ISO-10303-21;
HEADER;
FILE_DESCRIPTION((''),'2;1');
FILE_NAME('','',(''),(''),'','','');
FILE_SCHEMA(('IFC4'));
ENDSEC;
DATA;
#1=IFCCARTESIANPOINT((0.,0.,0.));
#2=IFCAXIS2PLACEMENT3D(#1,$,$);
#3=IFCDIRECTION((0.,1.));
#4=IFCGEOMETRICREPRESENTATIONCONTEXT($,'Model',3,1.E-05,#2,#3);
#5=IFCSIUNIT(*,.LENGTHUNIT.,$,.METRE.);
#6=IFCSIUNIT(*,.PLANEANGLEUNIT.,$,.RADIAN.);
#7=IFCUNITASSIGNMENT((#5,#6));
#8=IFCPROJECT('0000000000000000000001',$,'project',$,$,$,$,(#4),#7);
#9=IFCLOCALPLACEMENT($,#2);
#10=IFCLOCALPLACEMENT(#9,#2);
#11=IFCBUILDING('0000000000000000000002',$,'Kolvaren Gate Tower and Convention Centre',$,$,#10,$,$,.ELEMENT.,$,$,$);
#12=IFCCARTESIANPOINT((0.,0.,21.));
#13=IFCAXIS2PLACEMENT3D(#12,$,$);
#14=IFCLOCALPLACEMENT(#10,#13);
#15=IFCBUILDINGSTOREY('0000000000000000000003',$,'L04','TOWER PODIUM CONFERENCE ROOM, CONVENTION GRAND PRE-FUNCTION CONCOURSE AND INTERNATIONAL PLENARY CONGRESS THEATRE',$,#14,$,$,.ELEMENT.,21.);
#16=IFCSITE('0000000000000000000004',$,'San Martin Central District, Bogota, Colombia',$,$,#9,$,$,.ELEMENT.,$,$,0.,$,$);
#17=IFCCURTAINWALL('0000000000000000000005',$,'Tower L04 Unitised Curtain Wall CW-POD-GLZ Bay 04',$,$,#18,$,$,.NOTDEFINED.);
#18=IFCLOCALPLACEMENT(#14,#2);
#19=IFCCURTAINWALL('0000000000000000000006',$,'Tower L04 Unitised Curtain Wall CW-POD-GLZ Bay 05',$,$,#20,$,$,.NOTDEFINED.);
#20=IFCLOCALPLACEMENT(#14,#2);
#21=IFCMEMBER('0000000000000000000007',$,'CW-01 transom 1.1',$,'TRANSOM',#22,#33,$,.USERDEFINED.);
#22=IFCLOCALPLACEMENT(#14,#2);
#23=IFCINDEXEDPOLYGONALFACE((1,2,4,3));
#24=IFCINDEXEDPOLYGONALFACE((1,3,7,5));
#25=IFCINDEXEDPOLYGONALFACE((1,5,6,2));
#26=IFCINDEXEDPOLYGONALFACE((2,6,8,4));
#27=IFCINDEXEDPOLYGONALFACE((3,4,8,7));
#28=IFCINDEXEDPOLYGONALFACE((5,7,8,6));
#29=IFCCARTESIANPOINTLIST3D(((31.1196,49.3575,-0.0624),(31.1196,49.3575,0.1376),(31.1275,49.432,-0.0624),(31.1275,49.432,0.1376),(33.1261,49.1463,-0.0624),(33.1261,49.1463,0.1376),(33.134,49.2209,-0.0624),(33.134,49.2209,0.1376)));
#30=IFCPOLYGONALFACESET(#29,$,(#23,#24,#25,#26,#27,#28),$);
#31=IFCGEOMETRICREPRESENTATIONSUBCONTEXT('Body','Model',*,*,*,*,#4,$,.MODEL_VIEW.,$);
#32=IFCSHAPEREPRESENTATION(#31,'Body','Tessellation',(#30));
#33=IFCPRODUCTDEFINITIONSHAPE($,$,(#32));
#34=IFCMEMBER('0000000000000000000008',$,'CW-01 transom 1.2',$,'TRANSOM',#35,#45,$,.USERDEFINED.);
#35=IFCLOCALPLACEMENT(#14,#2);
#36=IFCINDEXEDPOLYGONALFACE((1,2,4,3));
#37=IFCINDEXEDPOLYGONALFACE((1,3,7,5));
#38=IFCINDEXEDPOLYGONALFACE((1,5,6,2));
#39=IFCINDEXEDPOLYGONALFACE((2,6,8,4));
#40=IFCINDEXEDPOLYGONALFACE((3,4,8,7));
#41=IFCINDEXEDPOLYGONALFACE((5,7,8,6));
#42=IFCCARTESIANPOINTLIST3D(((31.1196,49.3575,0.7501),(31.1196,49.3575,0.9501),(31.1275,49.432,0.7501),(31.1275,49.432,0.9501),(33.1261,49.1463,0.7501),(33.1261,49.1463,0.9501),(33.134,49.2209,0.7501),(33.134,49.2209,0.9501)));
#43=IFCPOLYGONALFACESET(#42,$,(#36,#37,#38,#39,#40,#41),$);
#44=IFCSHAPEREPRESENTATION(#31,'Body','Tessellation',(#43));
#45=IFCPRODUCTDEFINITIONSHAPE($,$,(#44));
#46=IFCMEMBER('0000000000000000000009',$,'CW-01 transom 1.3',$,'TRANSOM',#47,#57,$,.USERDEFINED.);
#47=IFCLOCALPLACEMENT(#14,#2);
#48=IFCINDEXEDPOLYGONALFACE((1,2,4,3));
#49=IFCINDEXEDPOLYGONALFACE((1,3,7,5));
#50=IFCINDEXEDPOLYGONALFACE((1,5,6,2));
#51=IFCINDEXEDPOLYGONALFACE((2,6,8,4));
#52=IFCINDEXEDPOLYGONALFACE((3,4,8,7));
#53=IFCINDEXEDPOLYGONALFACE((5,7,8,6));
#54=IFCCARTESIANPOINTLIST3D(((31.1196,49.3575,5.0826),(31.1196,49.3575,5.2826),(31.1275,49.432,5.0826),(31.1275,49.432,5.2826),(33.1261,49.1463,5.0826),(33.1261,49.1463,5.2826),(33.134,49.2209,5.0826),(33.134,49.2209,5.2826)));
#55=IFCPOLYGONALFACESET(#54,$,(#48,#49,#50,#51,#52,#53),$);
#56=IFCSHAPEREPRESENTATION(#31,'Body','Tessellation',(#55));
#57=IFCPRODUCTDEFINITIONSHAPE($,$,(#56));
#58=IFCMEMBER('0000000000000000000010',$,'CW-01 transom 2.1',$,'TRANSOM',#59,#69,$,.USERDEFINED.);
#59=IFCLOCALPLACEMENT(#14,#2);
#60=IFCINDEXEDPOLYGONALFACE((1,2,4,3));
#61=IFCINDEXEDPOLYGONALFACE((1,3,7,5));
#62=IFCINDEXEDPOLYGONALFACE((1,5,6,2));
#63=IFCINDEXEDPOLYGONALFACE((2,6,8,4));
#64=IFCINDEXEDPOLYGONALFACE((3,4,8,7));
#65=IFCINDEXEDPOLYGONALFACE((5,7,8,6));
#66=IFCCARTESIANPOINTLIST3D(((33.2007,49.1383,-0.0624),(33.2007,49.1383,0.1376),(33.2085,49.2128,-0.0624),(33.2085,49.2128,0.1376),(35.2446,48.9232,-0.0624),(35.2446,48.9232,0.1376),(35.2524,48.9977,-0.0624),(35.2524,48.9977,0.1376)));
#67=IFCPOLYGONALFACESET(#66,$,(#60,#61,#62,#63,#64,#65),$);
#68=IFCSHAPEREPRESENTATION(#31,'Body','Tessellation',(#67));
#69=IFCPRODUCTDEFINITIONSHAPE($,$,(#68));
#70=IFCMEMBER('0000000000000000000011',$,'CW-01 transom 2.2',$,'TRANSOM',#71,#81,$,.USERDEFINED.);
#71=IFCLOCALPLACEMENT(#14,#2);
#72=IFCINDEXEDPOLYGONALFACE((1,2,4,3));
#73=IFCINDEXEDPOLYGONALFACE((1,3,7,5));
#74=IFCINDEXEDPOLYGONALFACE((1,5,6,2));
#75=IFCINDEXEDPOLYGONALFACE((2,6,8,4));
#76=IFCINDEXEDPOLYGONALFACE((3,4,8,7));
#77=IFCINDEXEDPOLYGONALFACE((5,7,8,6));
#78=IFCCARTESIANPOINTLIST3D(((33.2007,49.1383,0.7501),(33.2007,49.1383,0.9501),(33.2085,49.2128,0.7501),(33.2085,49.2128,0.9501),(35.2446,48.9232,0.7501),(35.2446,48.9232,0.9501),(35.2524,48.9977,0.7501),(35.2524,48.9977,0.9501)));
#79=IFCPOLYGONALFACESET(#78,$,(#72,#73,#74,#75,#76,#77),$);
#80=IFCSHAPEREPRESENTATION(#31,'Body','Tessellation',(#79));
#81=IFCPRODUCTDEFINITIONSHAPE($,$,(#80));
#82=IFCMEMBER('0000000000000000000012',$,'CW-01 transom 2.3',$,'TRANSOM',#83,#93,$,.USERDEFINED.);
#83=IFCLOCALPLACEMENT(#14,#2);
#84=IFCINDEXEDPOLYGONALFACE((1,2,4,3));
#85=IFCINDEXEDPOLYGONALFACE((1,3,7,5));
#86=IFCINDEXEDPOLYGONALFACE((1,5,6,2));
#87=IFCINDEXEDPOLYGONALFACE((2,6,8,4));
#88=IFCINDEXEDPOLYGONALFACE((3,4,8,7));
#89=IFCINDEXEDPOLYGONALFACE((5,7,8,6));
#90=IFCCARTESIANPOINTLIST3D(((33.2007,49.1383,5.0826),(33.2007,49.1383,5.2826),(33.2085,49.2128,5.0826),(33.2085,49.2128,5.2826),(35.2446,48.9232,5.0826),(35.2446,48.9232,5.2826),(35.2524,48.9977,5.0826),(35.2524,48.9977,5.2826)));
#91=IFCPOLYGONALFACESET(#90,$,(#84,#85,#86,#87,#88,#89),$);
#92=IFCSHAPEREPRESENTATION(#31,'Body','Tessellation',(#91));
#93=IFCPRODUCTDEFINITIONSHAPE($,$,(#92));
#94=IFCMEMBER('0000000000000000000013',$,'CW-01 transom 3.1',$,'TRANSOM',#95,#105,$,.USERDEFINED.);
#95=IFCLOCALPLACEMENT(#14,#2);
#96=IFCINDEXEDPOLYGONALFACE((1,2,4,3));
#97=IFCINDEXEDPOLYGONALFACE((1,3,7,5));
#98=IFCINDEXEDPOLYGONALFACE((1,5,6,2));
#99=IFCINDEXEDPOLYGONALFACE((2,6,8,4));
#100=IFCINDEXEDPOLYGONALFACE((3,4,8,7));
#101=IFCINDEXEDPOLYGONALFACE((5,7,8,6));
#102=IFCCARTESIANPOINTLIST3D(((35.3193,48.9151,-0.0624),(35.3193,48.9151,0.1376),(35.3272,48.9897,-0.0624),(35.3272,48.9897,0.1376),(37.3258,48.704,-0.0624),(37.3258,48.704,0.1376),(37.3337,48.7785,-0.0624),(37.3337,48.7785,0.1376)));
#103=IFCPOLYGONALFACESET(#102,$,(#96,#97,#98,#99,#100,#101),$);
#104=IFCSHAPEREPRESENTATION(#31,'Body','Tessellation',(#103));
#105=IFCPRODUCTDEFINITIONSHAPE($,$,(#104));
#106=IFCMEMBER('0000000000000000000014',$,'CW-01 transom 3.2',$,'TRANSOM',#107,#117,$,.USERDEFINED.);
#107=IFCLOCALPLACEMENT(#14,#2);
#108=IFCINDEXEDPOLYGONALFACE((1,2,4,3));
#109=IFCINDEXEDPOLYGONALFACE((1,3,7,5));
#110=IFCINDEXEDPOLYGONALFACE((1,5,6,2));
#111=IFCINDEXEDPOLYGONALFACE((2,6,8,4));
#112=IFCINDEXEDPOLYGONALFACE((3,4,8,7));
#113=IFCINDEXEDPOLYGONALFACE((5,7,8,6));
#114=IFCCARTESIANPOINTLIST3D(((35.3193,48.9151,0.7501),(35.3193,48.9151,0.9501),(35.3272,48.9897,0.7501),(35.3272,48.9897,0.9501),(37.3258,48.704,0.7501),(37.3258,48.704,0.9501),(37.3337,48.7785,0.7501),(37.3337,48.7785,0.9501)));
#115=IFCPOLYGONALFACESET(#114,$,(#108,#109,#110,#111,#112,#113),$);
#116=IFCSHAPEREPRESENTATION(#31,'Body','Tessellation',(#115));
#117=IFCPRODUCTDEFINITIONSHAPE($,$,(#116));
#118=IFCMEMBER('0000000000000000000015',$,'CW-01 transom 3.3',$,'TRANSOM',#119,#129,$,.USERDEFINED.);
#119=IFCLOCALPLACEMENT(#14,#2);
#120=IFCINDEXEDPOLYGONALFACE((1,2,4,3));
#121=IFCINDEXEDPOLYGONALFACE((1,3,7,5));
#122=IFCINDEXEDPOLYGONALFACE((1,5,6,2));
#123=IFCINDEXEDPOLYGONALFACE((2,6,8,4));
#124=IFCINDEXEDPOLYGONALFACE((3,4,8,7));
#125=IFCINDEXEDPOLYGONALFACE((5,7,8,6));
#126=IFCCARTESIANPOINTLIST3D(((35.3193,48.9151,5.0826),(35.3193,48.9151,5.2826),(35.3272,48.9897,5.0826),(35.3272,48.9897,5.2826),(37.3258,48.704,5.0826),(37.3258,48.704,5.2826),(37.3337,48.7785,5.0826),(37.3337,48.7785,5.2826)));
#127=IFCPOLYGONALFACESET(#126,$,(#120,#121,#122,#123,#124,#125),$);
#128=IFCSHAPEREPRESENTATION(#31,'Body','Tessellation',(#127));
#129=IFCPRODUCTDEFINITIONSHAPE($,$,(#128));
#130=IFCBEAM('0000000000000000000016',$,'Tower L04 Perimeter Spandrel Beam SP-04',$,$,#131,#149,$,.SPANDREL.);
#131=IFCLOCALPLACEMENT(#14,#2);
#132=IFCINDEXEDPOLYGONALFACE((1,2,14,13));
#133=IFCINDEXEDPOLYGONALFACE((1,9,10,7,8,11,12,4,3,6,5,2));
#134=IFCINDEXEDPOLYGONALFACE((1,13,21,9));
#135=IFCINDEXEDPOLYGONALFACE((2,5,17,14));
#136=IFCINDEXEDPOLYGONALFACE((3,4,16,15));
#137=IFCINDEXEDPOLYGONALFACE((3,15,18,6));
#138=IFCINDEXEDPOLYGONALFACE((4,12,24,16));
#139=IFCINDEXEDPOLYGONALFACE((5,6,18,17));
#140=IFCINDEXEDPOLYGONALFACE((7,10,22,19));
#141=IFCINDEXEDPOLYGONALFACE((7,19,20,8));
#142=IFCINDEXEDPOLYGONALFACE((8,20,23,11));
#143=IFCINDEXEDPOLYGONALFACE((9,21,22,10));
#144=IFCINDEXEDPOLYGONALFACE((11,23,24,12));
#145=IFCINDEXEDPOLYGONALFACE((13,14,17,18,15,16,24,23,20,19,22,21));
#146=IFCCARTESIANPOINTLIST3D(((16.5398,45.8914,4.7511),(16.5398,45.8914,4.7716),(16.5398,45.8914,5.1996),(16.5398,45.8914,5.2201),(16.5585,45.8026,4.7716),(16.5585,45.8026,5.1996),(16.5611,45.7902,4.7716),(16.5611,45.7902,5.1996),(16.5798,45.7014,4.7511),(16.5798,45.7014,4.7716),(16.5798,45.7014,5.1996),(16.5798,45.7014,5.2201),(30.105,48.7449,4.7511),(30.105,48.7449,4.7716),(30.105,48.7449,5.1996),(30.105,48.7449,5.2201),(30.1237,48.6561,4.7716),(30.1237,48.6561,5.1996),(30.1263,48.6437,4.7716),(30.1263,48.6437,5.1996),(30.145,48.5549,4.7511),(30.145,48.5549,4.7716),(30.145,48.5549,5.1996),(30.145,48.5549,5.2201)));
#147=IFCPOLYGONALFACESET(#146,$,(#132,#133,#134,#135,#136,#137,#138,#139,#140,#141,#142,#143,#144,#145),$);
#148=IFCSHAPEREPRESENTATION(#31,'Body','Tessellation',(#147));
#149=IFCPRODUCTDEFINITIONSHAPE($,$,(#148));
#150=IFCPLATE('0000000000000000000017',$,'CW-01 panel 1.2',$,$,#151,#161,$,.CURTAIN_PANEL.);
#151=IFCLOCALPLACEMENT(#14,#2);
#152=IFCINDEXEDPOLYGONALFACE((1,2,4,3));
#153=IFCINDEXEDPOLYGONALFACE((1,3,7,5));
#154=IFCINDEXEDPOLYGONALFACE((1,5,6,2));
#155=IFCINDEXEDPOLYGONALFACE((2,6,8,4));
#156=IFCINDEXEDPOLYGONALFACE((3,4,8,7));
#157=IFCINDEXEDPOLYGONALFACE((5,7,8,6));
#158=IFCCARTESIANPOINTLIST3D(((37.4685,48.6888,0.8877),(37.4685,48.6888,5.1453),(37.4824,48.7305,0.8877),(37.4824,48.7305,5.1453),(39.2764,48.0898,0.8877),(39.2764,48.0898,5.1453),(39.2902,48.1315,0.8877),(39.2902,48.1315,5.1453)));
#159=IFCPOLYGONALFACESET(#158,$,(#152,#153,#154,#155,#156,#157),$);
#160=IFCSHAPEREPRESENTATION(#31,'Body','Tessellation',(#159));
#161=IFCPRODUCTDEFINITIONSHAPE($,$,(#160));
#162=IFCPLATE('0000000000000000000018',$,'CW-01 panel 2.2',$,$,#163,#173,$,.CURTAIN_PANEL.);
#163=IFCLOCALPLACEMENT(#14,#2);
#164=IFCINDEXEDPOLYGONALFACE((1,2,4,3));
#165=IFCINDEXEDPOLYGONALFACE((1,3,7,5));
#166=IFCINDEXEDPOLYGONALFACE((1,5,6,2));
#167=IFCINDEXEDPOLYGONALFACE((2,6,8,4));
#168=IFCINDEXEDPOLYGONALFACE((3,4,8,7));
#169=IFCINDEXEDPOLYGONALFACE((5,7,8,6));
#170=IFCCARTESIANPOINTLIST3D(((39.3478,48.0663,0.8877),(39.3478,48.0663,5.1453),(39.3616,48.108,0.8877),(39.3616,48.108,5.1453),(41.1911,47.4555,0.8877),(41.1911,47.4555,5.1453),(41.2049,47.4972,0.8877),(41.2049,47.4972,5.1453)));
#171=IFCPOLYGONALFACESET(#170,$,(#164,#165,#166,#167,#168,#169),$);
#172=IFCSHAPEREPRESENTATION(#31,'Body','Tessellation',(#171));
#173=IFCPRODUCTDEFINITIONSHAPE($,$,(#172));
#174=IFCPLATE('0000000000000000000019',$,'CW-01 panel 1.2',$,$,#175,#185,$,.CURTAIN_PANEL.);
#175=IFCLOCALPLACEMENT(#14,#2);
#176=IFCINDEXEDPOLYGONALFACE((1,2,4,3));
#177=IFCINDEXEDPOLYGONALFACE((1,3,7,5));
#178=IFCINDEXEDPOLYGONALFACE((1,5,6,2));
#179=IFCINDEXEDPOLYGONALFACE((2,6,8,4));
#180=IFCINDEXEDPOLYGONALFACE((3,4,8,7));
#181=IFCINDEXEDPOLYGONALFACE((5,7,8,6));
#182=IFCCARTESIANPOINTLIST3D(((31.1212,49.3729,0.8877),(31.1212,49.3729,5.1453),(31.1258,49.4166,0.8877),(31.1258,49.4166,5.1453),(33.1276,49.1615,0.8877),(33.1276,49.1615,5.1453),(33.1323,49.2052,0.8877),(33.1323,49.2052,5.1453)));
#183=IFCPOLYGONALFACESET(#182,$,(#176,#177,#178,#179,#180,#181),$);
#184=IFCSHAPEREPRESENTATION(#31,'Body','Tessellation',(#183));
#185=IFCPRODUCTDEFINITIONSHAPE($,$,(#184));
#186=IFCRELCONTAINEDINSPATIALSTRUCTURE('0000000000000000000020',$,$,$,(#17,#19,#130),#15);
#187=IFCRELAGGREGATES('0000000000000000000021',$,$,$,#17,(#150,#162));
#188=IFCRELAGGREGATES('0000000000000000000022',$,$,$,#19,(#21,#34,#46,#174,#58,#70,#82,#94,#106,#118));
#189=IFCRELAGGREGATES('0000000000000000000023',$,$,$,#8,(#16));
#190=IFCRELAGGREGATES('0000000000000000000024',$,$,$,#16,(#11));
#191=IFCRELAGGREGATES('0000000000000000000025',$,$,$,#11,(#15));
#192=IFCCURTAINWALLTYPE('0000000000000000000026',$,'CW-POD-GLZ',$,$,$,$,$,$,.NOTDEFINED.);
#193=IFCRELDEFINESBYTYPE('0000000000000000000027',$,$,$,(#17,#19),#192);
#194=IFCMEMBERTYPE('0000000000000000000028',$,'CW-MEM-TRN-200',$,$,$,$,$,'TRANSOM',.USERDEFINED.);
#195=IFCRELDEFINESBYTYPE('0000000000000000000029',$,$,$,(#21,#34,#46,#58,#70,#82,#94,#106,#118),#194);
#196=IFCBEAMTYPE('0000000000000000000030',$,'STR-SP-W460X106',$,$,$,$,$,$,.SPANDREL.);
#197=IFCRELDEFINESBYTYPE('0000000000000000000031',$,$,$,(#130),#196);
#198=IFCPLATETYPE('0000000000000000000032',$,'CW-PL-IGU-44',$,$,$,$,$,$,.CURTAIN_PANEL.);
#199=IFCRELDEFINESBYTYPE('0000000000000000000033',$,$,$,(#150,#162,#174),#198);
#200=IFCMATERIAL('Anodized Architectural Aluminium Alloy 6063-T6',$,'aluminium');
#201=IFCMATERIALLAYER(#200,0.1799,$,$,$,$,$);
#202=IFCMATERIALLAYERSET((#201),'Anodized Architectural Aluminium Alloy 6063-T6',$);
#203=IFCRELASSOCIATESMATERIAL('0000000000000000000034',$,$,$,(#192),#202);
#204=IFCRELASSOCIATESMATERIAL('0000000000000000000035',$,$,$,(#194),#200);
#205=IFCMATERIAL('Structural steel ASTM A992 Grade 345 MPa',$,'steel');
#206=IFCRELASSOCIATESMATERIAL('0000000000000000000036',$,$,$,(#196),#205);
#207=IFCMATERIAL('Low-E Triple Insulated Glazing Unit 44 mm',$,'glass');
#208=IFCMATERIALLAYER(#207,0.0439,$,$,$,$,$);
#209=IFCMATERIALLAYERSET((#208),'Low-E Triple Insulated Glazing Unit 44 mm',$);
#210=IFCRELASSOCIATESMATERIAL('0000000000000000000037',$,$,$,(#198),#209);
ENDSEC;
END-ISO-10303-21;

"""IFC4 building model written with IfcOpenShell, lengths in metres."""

from ifc_helpers import new_model, si_unit, direction, frame, origin, origin_2d, place, context, subcontext, project, spatial, rectangle, i_section, extrude, material, layer, layer_set, material_profile, profile_set, type_object, element, aggregate, save


model = new_model("IFC4")

# Units and contexts
model_context = context("Model", 3, precision=1e-05, world=origin(), true_north=direction((0.0, 1.0)))
body_context = subcontext(model_context, "Body", "Model", "MODEL_VIEW")
ifc_project = project(units=[si_unit("LENGTHUNIT", "METRE"), si_unit("PLANEANGLEUNIT", "RADIAN")], contexts=[model_context])

# Site, building, storey
site_placement = place(None, origin())
site = spatial("IfcSite", under=ifc_project, at=site_placement, Name="San Martin Central District, Bogota, Colombia", CompositionType="ELEMENT", RefElevation=0.0)
building_placement = place(site_placement, origin())
building = spatial("IfcBuilding", under=site, at=building_placement, Name="Kolvaren Gate Tower and Convention Centre", CompositionType="ELEMENT")
storey_placement = place(building_placement, frame((0.0, 0.0, 21.0)))
storey = spatial("IfcBuildingStorey", under=building, at=storey_placement, Name="L04", Description="TOWER PODIUM CONFERENCE ROOM, CONVENTION GRAND PRE-FUNCTION CONCOURSE AND INTERNATIONAL PLENARY CONGRESS THEATRE", CompositionType="ELEMENT", Elevation=21.0)

# Curtain walls
ifc_material_1 = material(Name="Anodized Architectural Aluminium Alloy 6063-T6", Category="aluminium")
ifc_layer_1 = layer(ifc_material_1, 0.1799)
ifc_layer_set_1 = layer_set([ifc_layer_1], Name="Anodized Architectural Aluminium Alloy 6063-T6")
curtain_wall_type = type_object("IfcCurtainWallType", Name="CW-POD-GLZ", PredefinedType="NOTDEFINED", material=ifc_layer_set_1)
curtain_wall_1_placement = place(storey_placement, origin())
curtain_wall_1 = element("IfcCurtainWall", 1, at=curtain_wall_1_placement, inside=storey, type_object=curtain_wall_type, Name="Tower L04 Unitised Curtain Wall CW-POD-GLZ Bay 04", PredefinedType="NOTDEFINED")
curtain_wall_2_placement = place(storey_placement, origin())
curtain_wall_2 = element("IfcCurtainWall", 2, at=curtain_wall_2_placement, inside=storey, type_object=curtain_wall_type, Name="Tower L04 Unitised Curtain Wall CW-POD-GLZ Bay 05", PredefinedType="NOTDEFINED")

# Members
ifc_material_profile_1 = material_profile(ifc_material_1, rectangle(XDim=0.075, YDim=0.2, at=origin_2d()), Name="CW-MEM-TRN-200")
ifc_profile_set_1 = profile_set([ifc_material_profile_1], Name="Anodized Architectural Aluminium Alloy 6063-T6")
member_type_1 = type_object("IfcMemberType", Name="CW-MEM-TRN-200", ElementType="TRANSOM", PredefinedType="USERDEFINED", material=ifc_profile_set_1)
member_1_placement = place(storey_placement, frame((31.1235, 49.3948, 0.0376), z_axis=(0.994507, -0.104666, 0.0), x_axis=(0.104666, 0.994507, 0.0)))
member_1 = element("IfcMember", 3, at=member_1_placement, type_object=member_type_1, Name="CW-01 transom 1.1", ObjectType="TRANSOM", PredefinedType="USERDEFINED", context=body_context, shape_type="SweptSolid", body=[
    extrude(rectangle(XDim=0.075, YDim=0.2, at=origin_2d()), origin(), (0.0, 0.0, 1.0), 2.0176),
])
member_2_placement = place(storey_placement, frame((31.1235, 49.3948, 0.8501), z_axis=(0.994507, -0.104666, 0.0), x_axis=(0.104666, 0.994507, 0.0)))
member_2 = element("IfcMember", 4, at=member_2_placement, type_object=member_type_1, Name="CW-01 transom 1.2", ObjectType="TRANSOM", PredefinedType="USERDEFINED", context=body_context, shape_type="SweptSolid", body=[
    extrude(rectangle(XDim=0.075, YDim=0.2, at=origin_2d()), origin(), (0.0, 0.0, 1.0), 2.0176),
])
member_3_placement = place(storey_placement, frame((31.1235, 49.3948, 5.1826), z_axis=(0.994507, -0.104666, 0.0), x_axis=(0.104666, 0.994507, 0.0)))
member_3 = element("IfcMember", 5, at=member_3_placement, type_object=member_type_1, Name="CW-01 transom 1.3", ObjectType="TRANSOM", PredefinedType="USERDEFINED", context=body_context, shape_type="SweptSolid", body=[
    extrude(rectangle(XDim=0.075, YDim=0.2, at=origin_2d()), origin(), (0.0, 0.0, 1.0), 2.0176),
])
member_4_placement = place(storey_placement, frame((33.2046, 49.1755, 0.0376), z_axis=(0.994509, -0.104654, 0.0), x_axis=(0.104654, 0.994509, 0.0)))
member_4 = element("IfcMember", 6, at=member_4_placement, type_object=member_type_1, Name="CW-01 transom 2.1", ObjectType="TRANSOM", PredefinedType="USERDEFINED", context=body_context, shape_type="SweptSolid", body=[
    extrude(rectangle(XDim=0.075, YDim=0.2, at=origin_2d()), origin(), (0.0, 0.0, 1.0), 2.0552),
])
member_5_placement = place(storey_placement, frame((33.2046, 49.1755, 0.8501), z_axis=(0.994509, -0.104654, 0.0), x_axis=(0.104654, 0.994509, 0.0)))
member_5 = element("IfcMember", 7, at=member_5_placement, type_object=member_type_1, Name="CW-01 transom 2.2", ObjectType="TRANSOM", PredefinedType="USERDEFINED", context=body_context, shape_type="SweptSolid", body=[
    extrude(rectangle(XDim=0.075, YDim=0.2, at=origin_2d()), origin(), (0.0, 0.0, 1.0), 2.0552),
])
member_6_placement = place(storey_placement, frame((33.2046, 49.1755, 5.1826), z_axis=(0.994509, -0.104654, 0.0), x_axis=(0.104654, 0.994509, 0.0)))
member_6 = element("IfcMember", 8, at=member_6_placement, type_object=member_type_1, Name="CW-01 transom 2.3", ObjectType="TRANSOM", PredefinedType="USERDEFINED", context=body_context, shape_type="SweptSolid", body=[
    extrude(rectangle(XDim=0.075, YDim=0.2, at=origin_2d()), origin(), (0.0, 0.0, 1.0), 2.0552),
])
member_7_placement = place(storey_placement, frame((35.3232, 48.9524, 0.0376), z_axis=(0.994507, -0.104666, 0.0), x_axis=(0.104666, 0.994507, 0.0)))
member_7 = element("IfcMember", 9, at=member_7_placement, type_object=member_type_1, Name="CW-01 transom 3.1", ObjectType="TRANSOM", PredefinedType="USERDEFINED", context=body_context, shape_type="SweptSolid", body=[
    extrude(rectangle(XDim=0.075, YDim=0.2, at=origin_2d()), origin(), (0.0, 0.0, 1.0), 2.0176),
])
member_8_placement = place(storey_placement, frame((35.3232, 48.9524, 0.8501), z_axis=(0.994507, -0.104666, 0.0), x_axis=(0.104666, 0.994507, 0.0)))
member_8 = element("IfcMember", 10, at=member_8_placement, type_object=member_type_1, Name="CW-01 transom 3.2", ObjectType="TRANSOM", PredefinedType="USERDEFINED", context=body_context, shape_type="SweptSolid", body=[
    extrude(rectangle(XDim=0.075, YDim=0.2, at=origin_2d()), origin(), (0.0, 0.0, 1.0), 2.0176),
])
member_9_placement = place(storey_placement, frame((35.3232, 48.9524, 5.1826), z_axis=(0.994507, -0.104666, 0.0), x_axis=(0.104666, 0.994507, 0.0)))
member_9 = element("IfcMember", 11, at=member_9_placement, type_object=member_type_1, Name="CW-01 transom 3.3", ObjectType="TRANSOM", PredefinedType="USERDEFINED", context=body_context, shape_type="SweptSolid", body=[
    extrude(rectangle(XDim=0.075, YDim=0.2, at=origin_2d()), origin(), (0.0, 0.0, 1.0), 2.0176),
])

# Beam
ifc_material_2 = material(Name="Structural steel ASTM A992 Grade 345 MPa", Category="steel")
ifc_material_profile_2 = material_profile(ifc_material_2, i_section(OverallWidth=0.1941, OverallDepth=0.469, WebThickness=0.0127, FlangeThickness=0.0205, at=origin_2d()), Name="W460X106")
ifc_profile_set_2 = profile_set([ifc_material_profile_2], Name="Structural steel ASTM A992 Grade 345 MPa")
beam_type = type_object("IfcBeamType", Name="STR-SP-W460X106", PredefinedType="SPANDREL", material=ifc_profile_set_2)
beam_placement = place(storey_placement, frame((30.125, 48.6499, 4.9856), z_axis=(-0.978583, -0.205851, 0.0), x_axis=(0.205851, -0.978583, 0.0)))
element("IfcBeam", 12, at=beam_placement, inside=storey, type_object=beam_type, Name="Tower L04 Perimeter Spandrel Beam SP-04", PredefinedType="SPANDREL", context=body_context, shape_type="SweptSolid", body=[
    extrude(i_section(OverallWidth=0.1941, OverallDepth=0.469, WebThickness=0.0127, FlangeThickness=0.0205, at=origin_2d()), origin(), (0.0, 0.0, 1.0), 13.8621),
])

# Plates
ifc_material_3 = material(Name="Low-E Triple Insulated Glazing Unit 44 mm", Category="glass")
ifc_layer_2 = layer(ifc_material_3, 0.0439)
ifc_layer_set_2 = layer_set([ifc_layer_2], Name="Low-E Triple Insulated Glazing Unit 44 mm")
plate_type_1 = type_object("IfcPlateType", Name="CW-PL-IGU-44", PredefinedType="CURTAIN_PANEL", material=ifc_layer_set_2)
plate_1_placement = place(storey_placement, frame((38.3794, 48.4102, 0.8877), z_axis=(0.0, 0.0, 1.0), x_axis=(0.949244, -0.314542, 0.0)))
plate_1 = element("IfcPlate", 13, at=plate_1_placement, type_object=plate_type_1, Name="CW-01 panel 1.2", PredefinedType="CURTAIN_PANEL", context=body_context, shape_type="SweptSolid", body=[
    extrude(rectangle(XDim=1.9045, YDim=0.0439, at=origin_2d()), origin(), (0.0, 0.0, 1.0), 4.2576),
])
plate_2_placement = place(storey_placement, frame((40.2764, 47.7817, 0.8877), z_axis=(0.0, 0.0, 1.0), x_axis=(0.949244, -0.314542, 0.0)))
plate_2 = element("IfcPlate", 14, at=plate_2_placement, type_object=plate_type_1, Name="CW-01 panel 2.2", PredefinedType="CURTAIN_PANEL", context=body_context, shape_type="SweptSolid", body=[
    extrude(rectangle(XDim=1.9419, YDim=0.0439, at=origin_2d()), origin(), (0.0, 0.0, 1.0), 4.2576),
])
plate_3_placement = place(storey_placement, frame((32.1267, 49.2891, 0.8877), z_axis=(0.0, 0.0, 1.0), x_axis=(0.994499, -0.104748, 0.0)))
plate_3 = element("IfcPlate", 15, at=plate_3_placement, type_object=plate_type_1, Name="CW-01 panel 1.2", PredefinedType="CURTAIN_PANEL", context=body_context, shape_type="SweptSolid", body=[
    extrude(rectangle(XDim=2.0176, YDim=0.0439, at=origin_2d()), origin(), (0.0, 0.0, 1.0), 4.2576),
])
aggregate(curtain_wall_1, [plate_1, plate_2])
aggregate(curtain_wall_2, [member_1, member_2, member_3, plate_3, member_4, member_5, member_6, member_7, member_8, member_9])

save(model, "model.ifc")
